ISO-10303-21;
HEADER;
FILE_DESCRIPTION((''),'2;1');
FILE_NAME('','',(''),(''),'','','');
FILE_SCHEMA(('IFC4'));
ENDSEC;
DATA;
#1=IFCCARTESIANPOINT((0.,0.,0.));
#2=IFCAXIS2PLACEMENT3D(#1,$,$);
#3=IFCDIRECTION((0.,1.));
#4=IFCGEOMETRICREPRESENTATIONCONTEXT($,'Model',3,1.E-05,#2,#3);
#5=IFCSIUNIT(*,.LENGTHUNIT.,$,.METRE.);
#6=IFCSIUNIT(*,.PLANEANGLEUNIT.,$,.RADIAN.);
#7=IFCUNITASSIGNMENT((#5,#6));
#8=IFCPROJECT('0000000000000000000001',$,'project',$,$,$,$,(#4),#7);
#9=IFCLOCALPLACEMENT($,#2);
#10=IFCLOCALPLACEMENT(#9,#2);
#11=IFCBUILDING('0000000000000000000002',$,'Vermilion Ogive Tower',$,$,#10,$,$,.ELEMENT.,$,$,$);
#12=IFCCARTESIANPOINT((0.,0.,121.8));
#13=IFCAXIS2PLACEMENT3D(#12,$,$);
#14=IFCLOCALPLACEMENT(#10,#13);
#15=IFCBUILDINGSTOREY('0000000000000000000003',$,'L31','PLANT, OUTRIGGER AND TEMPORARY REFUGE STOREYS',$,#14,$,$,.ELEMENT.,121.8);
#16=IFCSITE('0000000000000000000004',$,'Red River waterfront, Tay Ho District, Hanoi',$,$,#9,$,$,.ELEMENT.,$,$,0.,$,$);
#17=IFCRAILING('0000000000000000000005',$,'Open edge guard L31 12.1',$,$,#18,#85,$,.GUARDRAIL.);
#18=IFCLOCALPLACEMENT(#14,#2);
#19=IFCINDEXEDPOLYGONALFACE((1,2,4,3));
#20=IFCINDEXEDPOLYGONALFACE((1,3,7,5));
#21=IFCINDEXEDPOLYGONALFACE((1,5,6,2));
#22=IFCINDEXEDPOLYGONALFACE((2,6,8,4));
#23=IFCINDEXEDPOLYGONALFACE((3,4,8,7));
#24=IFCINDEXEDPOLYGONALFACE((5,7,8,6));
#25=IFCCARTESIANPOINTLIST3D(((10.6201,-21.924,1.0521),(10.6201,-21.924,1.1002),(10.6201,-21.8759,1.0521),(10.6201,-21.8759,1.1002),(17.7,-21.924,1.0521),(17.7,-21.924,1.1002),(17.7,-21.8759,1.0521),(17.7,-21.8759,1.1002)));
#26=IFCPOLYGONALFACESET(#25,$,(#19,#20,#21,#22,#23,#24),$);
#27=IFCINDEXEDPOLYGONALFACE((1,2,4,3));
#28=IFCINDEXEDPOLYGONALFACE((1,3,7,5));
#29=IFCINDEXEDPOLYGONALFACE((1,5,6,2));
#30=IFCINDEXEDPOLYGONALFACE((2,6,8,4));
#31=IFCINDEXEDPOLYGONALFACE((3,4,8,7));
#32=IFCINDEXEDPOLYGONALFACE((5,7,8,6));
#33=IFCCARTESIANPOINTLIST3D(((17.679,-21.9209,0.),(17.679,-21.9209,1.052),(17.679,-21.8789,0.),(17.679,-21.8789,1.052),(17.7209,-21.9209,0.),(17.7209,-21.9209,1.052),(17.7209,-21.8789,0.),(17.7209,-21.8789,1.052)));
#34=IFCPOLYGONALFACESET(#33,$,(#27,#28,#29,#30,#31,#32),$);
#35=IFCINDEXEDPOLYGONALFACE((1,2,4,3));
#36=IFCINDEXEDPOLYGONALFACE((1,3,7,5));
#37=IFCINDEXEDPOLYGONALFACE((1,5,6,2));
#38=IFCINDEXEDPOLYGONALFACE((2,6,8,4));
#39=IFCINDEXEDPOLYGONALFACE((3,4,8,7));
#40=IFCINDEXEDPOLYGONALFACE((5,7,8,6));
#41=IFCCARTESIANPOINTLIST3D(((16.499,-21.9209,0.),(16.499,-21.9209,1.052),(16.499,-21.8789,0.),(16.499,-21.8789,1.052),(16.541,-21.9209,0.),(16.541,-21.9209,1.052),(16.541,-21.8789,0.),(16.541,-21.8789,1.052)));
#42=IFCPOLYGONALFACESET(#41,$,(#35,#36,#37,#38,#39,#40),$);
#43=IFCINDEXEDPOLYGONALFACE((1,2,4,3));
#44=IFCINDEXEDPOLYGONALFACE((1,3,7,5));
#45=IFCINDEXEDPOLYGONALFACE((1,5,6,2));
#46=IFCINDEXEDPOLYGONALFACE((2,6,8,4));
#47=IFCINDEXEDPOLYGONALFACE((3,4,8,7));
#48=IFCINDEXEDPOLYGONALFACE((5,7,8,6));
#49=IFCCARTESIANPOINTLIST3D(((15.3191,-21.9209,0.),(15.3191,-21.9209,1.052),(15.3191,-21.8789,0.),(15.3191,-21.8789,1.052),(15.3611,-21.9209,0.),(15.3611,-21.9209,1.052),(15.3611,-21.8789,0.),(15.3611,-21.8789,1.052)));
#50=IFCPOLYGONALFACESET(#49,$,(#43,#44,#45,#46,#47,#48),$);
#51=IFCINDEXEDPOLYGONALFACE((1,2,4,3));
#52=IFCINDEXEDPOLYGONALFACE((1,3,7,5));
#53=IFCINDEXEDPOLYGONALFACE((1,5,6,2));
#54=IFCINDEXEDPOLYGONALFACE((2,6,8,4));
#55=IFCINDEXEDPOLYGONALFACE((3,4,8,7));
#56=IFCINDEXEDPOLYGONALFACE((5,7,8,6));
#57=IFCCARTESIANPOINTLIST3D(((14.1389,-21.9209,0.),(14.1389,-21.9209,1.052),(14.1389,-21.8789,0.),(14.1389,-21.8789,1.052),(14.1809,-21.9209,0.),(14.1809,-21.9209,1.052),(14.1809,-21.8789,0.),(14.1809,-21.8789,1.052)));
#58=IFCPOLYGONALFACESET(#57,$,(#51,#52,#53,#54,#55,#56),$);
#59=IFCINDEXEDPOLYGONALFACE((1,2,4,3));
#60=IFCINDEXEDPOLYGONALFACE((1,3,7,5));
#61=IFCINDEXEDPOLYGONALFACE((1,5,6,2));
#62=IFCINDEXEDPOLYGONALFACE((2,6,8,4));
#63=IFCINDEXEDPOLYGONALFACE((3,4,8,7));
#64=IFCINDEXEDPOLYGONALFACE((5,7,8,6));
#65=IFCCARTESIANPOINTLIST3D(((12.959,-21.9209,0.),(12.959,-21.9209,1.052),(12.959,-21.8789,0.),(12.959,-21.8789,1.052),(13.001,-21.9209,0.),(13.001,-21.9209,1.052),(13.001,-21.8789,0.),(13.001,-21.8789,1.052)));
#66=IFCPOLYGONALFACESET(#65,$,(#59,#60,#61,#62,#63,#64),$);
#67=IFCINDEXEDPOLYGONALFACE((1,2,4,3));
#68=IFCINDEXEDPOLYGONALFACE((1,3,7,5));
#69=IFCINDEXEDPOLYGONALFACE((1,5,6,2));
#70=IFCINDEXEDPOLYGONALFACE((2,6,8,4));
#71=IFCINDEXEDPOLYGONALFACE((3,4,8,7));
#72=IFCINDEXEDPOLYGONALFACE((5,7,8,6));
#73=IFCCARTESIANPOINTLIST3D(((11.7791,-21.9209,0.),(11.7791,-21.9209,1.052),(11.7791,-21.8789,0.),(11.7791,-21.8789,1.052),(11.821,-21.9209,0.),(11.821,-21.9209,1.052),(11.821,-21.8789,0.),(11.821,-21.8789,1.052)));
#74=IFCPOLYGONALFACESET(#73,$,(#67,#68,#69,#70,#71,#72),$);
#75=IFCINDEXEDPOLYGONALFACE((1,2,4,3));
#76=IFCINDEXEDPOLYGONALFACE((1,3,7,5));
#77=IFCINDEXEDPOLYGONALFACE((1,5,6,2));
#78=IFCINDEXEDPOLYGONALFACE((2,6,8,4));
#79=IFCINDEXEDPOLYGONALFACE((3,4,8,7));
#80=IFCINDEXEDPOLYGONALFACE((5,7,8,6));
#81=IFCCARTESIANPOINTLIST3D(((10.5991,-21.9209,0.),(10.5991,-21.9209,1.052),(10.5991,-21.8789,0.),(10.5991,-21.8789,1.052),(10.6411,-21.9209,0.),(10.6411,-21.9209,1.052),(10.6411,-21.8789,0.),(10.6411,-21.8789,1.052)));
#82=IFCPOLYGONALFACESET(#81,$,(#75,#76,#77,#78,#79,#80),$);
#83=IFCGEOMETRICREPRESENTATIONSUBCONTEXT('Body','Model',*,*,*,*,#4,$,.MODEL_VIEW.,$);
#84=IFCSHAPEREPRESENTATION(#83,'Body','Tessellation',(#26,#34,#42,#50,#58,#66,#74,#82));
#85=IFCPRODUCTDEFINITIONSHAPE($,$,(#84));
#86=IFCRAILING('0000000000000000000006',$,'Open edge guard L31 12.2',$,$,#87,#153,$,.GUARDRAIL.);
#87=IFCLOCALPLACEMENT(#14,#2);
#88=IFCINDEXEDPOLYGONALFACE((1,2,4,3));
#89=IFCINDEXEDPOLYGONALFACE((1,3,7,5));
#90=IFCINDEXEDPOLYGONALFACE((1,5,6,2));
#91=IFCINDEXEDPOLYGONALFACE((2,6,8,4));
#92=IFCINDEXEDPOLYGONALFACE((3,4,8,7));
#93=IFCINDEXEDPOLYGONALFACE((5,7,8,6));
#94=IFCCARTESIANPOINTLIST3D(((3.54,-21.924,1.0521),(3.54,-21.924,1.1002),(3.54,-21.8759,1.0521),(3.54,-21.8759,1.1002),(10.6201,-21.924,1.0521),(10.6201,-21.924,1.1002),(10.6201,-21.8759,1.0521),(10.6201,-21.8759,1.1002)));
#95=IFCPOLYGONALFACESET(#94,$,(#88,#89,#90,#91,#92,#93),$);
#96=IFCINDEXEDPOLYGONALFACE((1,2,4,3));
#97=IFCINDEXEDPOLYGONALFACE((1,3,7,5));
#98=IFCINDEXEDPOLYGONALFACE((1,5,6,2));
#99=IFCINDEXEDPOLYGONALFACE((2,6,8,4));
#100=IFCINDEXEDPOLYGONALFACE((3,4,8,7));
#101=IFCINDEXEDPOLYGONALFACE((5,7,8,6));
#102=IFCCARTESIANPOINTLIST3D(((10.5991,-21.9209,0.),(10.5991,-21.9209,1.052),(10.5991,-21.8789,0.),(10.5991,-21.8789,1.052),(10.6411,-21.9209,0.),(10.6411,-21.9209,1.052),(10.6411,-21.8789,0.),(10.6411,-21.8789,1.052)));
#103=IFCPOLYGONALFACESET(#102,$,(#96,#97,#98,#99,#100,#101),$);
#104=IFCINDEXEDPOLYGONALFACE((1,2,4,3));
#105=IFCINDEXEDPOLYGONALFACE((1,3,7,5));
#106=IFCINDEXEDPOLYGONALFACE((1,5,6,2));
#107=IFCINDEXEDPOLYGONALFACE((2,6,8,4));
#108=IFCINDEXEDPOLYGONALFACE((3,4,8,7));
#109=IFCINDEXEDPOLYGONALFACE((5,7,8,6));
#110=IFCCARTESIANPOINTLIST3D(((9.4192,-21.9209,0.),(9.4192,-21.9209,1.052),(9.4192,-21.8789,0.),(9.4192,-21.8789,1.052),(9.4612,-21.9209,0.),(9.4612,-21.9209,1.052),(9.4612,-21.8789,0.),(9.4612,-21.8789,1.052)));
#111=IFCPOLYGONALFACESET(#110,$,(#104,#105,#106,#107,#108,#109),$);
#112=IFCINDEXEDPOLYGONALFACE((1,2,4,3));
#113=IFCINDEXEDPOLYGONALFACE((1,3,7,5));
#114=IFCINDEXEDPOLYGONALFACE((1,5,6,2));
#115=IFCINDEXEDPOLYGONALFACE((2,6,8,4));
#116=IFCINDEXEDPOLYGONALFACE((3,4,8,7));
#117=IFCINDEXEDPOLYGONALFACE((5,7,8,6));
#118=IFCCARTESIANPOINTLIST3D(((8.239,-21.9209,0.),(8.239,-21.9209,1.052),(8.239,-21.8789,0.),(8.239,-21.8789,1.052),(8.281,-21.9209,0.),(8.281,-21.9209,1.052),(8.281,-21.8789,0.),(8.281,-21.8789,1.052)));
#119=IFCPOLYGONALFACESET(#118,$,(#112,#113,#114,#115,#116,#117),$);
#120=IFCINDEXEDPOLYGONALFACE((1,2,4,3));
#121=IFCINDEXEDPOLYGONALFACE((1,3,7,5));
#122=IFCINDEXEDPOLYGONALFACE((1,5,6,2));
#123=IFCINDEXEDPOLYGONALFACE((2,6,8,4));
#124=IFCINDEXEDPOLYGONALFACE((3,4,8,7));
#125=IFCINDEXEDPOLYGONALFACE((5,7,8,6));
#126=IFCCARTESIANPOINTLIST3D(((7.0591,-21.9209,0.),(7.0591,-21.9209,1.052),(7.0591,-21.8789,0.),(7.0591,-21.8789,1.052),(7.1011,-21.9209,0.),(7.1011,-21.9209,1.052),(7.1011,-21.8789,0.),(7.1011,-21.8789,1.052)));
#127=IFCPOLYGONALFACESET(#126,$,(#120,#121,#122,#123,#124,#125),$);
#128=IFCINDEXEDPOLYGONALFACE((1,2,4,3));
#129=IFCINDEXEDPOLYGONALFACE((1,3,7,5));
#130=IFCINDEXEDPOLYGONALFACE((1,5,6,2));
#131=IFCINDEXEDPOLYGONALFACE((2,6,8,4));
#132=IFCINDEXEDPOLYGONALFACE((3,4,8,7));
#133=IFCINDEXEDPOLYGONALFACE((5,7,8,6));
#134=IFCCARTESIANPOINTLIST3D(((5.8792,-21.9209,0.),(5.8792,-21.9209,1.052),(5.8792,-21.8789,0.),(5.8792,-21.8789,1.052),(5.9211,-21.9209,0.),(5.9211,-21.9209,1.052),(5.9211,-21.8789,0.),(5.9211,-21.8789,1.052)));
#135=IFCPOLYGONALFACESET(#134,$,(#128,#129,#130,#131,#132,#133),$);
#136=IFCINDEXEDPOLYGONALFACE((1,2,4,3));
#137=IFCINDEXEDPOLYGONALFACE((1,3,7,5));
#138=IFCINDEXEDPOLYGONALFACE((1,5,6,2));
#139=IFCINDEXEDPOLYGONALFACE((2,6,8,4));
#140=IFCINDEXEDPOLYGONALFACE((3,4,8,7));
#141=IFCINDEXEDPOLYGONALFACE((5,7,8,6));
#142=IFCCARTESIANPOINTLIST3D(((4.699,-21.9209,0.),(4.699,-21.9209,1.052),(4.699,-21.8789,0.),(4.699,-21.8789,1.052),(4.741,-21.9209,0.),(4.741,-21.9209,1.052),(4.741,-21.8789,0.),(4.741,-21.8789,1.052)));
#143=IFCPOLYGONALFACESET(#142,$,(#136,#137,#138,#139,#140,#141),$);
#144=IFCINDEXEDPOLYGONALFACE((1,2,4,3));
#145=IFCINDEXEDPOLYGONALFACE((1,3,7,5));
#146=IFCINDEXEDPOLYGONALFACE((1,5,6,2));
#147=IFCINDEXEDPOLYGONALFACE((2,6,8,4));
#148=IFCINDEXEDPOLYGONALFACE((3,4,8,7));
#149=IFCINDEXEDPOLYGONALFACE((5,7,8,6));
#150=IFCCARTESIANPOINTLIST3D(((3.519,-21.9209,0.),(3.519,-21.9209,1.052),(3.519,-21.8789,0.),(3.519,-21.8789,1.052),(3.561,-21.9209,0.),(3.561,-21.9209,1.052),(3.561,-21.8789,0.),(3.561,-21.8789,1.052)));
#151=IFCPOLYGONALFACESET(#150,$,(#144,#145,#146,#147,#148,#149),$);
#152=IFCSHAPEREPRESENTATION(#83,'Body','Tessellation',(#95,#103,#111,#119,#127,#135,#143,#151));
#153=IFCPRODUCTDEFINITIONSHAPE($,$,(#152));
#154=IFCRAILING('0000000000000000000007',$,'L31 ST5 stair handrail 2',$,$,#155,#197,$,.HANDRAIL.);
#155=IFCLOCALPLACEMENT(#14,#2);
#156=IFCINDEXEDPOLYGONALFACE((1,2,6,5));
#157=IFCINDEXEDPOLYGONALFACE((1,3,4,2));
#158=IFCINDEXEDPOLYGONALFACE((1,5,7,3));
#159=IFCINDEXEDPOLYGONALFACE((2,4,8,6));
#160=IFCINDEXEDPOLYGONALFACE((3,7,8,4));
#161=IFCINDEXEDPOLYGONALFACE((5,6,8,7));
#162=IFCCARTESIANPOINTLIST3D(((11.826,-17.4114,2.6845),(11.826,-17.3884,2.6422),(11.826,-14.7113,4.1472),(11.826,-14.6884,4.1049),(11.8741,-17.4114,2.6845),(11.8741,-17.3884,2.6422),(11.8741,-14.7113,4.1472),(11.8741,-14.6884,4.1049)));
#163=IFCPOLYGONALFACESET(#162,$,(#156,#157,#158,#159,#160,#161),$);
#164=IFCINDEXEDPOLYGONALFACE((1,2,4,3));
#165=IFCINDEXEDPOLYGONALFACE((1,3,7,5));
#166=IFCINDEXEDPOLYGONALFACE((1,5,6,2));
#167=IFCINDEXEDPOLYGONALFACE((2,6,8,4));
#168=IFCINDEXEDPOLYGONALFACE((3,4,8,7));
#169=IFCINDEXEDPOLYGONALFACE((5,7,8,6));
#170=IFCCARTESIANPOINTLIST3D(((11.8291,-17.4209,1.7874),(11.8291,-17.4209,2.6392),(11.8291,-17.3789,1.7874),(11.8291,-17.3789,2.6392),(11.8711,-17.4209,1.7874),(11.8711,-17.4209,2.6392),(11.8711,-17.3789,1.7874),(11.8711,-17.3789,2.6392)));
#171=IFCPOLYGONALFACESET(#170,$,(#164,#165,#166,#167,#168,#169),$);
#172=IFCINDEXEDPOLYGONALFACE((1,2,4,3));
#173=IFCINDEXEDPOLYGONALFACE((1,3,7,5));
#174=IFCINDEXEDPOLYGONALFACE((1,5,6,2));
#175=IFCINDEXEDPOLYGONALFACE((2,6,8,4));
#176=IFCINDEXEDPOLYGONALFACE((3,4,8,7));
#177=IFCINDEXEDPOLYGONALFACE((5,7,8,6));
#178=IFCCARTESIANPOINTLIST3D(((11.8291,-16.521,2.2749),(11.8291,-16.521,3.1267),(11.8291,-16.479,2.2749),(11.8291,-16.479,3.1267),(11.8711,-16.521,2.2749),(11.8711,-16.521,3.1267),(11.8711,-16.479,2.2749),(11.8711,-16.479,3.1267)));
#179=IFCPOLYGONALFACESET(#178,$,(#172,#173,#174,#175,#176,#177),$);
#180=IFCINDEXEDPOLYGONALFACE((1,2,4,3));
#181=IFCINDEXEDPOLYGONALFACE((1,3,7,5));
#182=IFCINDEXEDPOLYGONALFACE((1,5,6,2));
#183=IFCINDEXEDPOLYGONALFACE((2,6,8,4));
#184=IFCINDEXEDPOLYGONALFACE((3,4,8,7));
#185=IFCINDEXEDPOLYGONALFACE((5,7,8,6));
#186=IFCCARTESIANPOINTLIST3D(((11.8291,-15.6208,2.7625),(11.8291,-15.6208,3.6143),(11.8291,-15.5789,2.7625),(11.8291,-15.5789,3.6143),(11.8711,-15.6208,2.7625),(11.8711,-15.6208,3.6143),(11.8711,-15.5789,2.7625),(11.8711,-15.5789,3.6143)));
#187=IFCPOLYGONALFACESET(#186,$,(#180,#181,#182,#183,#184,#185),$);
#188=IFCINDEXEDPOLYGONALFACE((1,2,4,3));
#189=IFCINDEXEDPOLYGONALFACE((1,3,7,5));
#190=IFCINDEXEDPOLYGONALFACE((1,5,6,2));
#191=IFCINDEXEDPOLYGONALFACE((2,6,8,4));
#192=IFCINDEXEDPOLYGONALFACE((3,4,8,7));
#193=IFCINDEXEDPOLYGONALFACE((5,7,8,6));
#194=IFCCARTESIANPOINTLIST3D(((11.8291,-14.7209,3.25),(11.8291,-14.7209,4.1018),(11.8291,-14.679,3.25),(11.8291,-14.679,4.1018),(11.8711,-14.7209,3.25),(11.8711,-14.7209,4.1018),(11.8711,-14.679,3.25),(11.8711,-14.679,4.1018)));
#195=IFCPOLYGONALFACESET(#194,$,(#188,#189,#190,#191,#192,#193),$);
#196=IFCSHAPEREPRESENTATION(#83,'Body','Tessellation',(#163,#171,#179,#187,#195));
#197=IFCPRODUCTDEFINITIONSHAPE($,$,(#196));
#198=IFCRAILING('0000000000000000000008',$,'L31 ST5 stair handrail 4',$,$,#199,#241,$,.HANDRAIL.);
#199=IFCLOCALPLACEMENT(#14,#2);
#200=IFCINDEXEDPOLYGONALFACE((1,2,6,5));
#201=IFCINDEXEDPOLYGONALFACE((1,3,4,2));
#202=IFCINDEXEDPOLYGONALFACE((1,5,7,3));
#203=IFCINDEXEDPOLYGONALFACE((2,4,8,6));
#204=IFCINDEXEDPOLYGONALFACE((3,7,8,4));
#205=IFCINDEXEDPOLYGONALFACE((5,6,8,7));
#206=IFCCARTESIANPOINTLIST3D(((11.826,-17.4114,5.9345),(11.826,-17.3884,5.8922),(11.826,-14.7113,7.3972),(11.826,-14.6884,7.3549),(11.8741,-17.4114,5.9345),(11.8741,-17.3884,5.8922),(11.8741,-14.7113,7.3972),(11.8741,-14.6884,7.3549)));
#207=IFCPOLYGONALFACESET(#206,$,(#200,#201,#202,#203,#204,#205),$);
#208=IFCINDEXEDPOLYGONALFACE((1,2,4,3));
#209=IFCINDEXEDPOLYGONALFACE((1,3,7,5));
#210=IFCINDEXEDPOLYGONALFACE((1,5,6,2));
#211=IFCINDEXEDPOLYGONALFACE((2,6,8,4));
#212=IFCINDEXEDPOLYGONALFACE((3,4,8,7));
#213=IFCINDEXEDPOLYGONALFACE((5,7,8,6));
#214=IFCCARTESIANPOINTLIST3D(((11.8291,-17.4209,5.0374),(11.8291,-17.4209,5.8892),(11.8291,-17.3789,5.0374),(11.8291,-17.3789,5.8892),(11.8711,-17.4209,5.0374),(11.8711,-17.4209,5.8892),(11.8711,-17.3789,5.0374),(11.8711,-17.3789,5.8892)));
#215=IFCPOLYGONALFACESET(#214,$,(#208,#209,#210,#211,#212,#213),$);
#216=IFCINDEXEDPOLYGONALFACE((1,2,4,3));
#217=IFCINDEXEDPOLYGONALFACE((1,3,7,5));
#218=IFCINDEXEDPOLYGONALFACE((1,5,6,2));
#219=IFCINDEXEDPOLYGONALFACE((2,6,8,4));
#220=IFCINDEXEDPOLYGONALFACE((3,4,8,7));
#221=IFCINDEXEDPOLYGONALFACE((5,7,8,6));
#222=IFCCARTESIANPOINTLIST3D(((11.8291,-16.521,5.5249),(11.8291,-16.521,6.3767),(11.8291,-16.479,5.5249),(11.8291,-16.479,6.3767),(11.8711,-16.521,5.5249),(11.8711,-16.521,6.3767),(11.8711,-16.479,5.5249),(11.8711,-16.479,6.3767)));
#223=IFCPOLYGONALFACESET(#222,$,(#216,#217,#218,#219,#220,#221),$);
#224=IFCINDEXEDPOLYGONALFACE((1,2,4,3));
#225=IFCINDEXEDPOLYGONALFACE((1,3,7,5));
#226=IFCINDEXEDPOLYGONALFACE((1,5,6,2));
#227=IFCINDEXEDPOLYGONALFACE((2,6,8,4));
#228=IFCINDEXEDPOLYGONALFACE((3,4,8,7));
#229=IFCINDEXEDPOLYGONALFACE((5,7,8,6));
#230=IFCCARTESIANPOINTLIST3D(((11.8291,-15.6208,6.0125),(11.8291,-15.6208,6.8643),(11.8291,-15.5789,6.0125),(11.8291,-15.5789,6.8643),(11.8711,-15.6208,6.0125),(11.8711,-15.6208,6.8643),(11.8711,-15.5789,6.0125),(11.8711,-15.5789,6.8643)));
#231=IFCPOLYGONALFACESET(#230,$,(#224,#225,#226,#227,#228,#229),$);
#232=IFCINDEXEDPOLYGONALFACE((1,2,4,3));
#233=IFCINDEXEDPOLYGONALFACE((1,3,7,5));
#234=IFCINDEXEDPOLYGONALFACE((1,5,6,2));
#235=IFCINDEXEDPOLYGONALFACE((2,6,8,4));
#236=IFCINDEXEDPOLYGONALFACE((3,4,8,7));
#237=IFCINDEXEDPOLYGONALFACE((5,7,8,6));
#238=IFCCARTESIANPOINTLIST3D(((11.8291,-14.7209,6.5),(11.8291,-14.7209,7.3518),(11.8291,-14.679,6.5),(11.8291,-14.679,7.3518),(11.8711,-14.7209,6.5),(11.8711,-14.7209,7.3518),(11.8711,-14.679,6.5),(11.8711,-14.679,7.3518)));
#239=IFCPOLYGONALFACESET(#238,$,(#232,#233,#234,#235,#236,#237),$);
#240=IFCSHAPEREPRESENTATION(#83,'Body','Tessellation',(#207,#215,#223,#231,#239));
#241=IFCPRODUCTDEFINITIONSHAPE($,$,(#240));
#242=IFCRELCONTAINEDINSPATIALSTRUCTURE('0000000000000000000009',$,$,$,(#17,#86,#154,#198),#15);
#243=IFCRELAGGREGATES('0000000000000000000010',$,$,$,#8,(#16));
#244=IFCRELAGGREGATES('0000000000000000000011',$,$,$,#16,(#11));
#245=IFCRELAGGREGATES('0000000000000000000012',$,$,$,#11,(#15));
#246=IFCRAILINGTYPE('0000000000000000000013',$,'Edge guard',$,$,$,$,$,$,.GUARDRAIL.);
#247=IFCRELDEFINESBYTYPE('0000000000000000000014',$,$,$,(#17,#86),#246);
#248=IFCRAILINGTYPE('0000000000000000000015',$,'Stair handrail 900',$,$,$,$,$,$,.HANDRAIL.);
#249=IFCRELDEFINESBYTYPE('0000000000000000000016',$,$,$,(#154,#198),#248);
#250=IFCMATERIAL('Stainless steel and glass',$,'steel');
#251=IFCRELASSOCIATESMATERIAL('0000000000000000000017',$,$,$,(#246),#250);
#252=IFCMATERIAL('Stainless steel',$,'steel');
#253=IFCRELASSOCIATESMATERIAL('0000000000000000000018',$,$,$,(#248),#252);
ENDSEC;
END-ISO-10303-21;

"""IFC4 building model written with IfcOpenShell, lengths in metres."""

from ifc_helpers import new_model, si_unit, direction, frame, origin, origin_2d, place, context, subcontext, project, spatial, rectangle, extrude, material, type_object, element, save


model = new_model("IFC4")

# Units and contexts
model_context = context("Model", 3, precision=1e-05, world=origin(), true_north=direction((0.0, 1.0)))
body_context = subcontext(model_context, "Body", "Model", "MODEL_VIEW")
ifc_project = project(units=[si_unit("LENGTHUNIT", "METRE"), si_unit("PLANEANGLEUNIT", "RADIAN")], contexts=[model_context])

# Site, building, storey
site_placement = place(None, origin())
site = spatial("IfcSite", under=ifc_project, at=site_placement, Name="Red River waterfront, Tay Ho District, Hanoi", CompositionType="ELEMENT", RefElevation=0.0)
building_placement = place(site_placement, origin())
building = spatial("IfcBuilding", under=site, at=building_placement, Name="Vermilion Ogive Tower", CompositionType="ELEMENT")
storey_placement = place(building_placement, frame((0.0, 0.0, 121.8)))
storey = spatial("IfcBuildingStorey", under=building, at=storey_placement, Name="L31", Description="PLANT, OUTRIGGER AND TEMPORARY REFUGE STOREYS", CompositionType="ELEMENT", Elevation=121.8)

# Railings
ifc_material_1 = material(Name="Stainless steel and glass", Category="steel")
railing_type_1 = type_object("IfcRailingType", Name="Edge guard", PredefinedType="GUARDRAIL", material=ifc_material_1)
railing_1_placement = place(storey_placement, frame((17.7, -21.8999, 0.0)))
element("IfcRailing", 1, at=railing_1_placement, inside=storey, type_object=railing_type_1, Name="Open edge guard L31 12.1", PredefinedType="GUARDRAIL", context=body_context, shape_type="SweptSolid", body=[
    extrude(rectangle(XDim=0.0481, YDim=0.0481, at=origin_2d()), frame((0.0, 0.0, 1.0762), z_axis=(-1.0, 0.0, 0.0), x_axis=(0.0, -1.0, 0.0)), (0.0, 0.0, 1.0), 7.0798),
    extrude(rectangle(XDim=0.042, YDim=0.042, at=origin_2d()), origin(), (0.0, 0.0, 1.0), 1.052),
    extrude(rectangle(XDim=0.042, YDim=0.042, at=origin_2d()), frame((-1.1799, 0.0, 0.0)), (0.0, 0.0, 1.0), 1.052),
    extrude(rectangle(XDim=0.042, YDim=0.042, at=origin_2d()), frame((-2.3599, 0.0, 0.0)), (0.0, 0.0, 1.0), 1.052),
    extrude(rectangle(XDim=0.042, YDim=0.042, at=origin_2d()), frame((-3.54, 0.0, 0.0)), (0.0, 0.0, 1.0), 1.052),
    extrude(rectangle(XDim=0.042, YDim=0.042, at=origin_2d()), frame((-4.72, 0.0, 0.0)), (0.0, 0.0, 1.0), 1.052),
    extrude(rectangle(XDim=0.042, YDim=0.042, at=origin_2d()), frame((-5.8999, 0.0, 0.0)), (0.0, 0.0, 1.0), 1.052),
    extrude(rectangle(XDim=0.042, YDim=0.042, at=origin_2d()), frame((-7.0798, 0.0, 0.0)), (0.0, 0.0, 1.0), 1.052),
])
railing_2_placement = place(storey_placement, frame((10.6201, -21.8999, 0.0)))
element("IfcRailing", 2, at=railing_2_placement, inside=storey, type_object=railing_type_1, Name="Open edge guard L31 12.2", PredefinedType="GUARDRAIL", context=body_context, shape_type="SweptSolid", body=[
    extrude(rectangle(XDim=0.0481, YDim=0.0481, at=origin_2d()), frame((0.0, 0.0, 1.0762), z_axis=(-1.0, 0.0, 0.0), x_axis=(0.0, -1.0, 0.0)), (0.0, 0.0, 1.0), 7.0801),
    extrude(rectangle(XDim=0.042, YDim=0.042, at=origin_2d()), origin(), (0.0, 0.0, 1.0), 1.052),
    extrude(rectangle(XDim=0.042, YDim=0.042, at=origin_2d()), frame((-1.1799, 0.0, 0.0)), (0.0, 0.0, 1.0), 1.052),
    extrude(rectangle(XDim=0.042, YDim=0.042, at=origin_2d()), frame((-2.3601, 0.0, 0.0)), (0.0, 0.0, 1.0), 1.052),
    extrude(rectangle(XDim=0.042, YDim=0.042, at=origin_2d()), frame((-3.54, 0.0, 0.0)), (0.0, 0.0, 1.0), 1.052),
    extrude(rectangle(XDim=0.042, YDim=0.042, at=origin_2d()), frame((-4.72, 0.0, 0.0)), (0.0, 0.0, 1.0), 1.052),
    extrude(rectangle(XDim=0.042, YDim=0.042, at=origin_2d()), frame((-5.9001, 0.0, 0.0)), (0.0, 0.0, 1.0), 1.052),
    extrude(rectangle(XDim=0.042, YDim=0.042, at=origin_2d()), frame((-7.0801, 0.0, 0.0)), (0.0, 0.0, 1.0), 1.052),
])
ifc_material_2 = material(Name="Stainless steel", Category="steel")
railing_type_2 = type_object("IfcRailingType", Name="Stair handrail 900", PredefinedType="HANDRAIL", material=ifc_material_2)
for number, where, name in (
    (3, (11.8501, -17.3999, 1.7874), "L31 ST5 stair handrail 2"),
    (4, (11.8501, -17.3999, 5.0374), "L31 ST5 stair handrail 4"),
):
    element("IfcRailing", number, at=place(storey_placement, frame(where)), inside=storey, type_object=railing_type_2, Name=name, PredefinedType="HANDRAIL", context=body_context, shape_type="SweptSolid", body=[
        extrude(rectangle(XDim=0.0481, YDim=0.0481, at=origin_2d()), frame((0.0, 0.0, 0.876), z_axis=(0.0, 0.879268, 0.476327), x_axis=(-1.0, 0.0, 0.0)), (0.0, 0.0, 1.0), 3.0708),
        extrude(rectangle(XDim=0.042, YDim=0.042, at=origin_2d()), origin(), (0.0, 0.0, 1.0), 0.8518),
        extrude(rectangle(XDim=0.042, YDim=0.042, at=origin_2d()), frame((0.0, 0.8999, 0.4875)), (0.0, 0.0, 1.0), 0.8518),
        extrude(rectangle(XDim=0.042, YDim=0.042, at=origin_2d()), frame((0.0, 1.8, 0.9751)), (0.0, 0.0, 1.0), 0.8518),
        extrude(rectangle(XDim=0.042, YDim=0.042, at=origin_2d()), frame((0.0, 2.7, 1.4626)), (0.0, 0.0, 1.0), 0.8518),
    ])

save(model, "model.ifc")
